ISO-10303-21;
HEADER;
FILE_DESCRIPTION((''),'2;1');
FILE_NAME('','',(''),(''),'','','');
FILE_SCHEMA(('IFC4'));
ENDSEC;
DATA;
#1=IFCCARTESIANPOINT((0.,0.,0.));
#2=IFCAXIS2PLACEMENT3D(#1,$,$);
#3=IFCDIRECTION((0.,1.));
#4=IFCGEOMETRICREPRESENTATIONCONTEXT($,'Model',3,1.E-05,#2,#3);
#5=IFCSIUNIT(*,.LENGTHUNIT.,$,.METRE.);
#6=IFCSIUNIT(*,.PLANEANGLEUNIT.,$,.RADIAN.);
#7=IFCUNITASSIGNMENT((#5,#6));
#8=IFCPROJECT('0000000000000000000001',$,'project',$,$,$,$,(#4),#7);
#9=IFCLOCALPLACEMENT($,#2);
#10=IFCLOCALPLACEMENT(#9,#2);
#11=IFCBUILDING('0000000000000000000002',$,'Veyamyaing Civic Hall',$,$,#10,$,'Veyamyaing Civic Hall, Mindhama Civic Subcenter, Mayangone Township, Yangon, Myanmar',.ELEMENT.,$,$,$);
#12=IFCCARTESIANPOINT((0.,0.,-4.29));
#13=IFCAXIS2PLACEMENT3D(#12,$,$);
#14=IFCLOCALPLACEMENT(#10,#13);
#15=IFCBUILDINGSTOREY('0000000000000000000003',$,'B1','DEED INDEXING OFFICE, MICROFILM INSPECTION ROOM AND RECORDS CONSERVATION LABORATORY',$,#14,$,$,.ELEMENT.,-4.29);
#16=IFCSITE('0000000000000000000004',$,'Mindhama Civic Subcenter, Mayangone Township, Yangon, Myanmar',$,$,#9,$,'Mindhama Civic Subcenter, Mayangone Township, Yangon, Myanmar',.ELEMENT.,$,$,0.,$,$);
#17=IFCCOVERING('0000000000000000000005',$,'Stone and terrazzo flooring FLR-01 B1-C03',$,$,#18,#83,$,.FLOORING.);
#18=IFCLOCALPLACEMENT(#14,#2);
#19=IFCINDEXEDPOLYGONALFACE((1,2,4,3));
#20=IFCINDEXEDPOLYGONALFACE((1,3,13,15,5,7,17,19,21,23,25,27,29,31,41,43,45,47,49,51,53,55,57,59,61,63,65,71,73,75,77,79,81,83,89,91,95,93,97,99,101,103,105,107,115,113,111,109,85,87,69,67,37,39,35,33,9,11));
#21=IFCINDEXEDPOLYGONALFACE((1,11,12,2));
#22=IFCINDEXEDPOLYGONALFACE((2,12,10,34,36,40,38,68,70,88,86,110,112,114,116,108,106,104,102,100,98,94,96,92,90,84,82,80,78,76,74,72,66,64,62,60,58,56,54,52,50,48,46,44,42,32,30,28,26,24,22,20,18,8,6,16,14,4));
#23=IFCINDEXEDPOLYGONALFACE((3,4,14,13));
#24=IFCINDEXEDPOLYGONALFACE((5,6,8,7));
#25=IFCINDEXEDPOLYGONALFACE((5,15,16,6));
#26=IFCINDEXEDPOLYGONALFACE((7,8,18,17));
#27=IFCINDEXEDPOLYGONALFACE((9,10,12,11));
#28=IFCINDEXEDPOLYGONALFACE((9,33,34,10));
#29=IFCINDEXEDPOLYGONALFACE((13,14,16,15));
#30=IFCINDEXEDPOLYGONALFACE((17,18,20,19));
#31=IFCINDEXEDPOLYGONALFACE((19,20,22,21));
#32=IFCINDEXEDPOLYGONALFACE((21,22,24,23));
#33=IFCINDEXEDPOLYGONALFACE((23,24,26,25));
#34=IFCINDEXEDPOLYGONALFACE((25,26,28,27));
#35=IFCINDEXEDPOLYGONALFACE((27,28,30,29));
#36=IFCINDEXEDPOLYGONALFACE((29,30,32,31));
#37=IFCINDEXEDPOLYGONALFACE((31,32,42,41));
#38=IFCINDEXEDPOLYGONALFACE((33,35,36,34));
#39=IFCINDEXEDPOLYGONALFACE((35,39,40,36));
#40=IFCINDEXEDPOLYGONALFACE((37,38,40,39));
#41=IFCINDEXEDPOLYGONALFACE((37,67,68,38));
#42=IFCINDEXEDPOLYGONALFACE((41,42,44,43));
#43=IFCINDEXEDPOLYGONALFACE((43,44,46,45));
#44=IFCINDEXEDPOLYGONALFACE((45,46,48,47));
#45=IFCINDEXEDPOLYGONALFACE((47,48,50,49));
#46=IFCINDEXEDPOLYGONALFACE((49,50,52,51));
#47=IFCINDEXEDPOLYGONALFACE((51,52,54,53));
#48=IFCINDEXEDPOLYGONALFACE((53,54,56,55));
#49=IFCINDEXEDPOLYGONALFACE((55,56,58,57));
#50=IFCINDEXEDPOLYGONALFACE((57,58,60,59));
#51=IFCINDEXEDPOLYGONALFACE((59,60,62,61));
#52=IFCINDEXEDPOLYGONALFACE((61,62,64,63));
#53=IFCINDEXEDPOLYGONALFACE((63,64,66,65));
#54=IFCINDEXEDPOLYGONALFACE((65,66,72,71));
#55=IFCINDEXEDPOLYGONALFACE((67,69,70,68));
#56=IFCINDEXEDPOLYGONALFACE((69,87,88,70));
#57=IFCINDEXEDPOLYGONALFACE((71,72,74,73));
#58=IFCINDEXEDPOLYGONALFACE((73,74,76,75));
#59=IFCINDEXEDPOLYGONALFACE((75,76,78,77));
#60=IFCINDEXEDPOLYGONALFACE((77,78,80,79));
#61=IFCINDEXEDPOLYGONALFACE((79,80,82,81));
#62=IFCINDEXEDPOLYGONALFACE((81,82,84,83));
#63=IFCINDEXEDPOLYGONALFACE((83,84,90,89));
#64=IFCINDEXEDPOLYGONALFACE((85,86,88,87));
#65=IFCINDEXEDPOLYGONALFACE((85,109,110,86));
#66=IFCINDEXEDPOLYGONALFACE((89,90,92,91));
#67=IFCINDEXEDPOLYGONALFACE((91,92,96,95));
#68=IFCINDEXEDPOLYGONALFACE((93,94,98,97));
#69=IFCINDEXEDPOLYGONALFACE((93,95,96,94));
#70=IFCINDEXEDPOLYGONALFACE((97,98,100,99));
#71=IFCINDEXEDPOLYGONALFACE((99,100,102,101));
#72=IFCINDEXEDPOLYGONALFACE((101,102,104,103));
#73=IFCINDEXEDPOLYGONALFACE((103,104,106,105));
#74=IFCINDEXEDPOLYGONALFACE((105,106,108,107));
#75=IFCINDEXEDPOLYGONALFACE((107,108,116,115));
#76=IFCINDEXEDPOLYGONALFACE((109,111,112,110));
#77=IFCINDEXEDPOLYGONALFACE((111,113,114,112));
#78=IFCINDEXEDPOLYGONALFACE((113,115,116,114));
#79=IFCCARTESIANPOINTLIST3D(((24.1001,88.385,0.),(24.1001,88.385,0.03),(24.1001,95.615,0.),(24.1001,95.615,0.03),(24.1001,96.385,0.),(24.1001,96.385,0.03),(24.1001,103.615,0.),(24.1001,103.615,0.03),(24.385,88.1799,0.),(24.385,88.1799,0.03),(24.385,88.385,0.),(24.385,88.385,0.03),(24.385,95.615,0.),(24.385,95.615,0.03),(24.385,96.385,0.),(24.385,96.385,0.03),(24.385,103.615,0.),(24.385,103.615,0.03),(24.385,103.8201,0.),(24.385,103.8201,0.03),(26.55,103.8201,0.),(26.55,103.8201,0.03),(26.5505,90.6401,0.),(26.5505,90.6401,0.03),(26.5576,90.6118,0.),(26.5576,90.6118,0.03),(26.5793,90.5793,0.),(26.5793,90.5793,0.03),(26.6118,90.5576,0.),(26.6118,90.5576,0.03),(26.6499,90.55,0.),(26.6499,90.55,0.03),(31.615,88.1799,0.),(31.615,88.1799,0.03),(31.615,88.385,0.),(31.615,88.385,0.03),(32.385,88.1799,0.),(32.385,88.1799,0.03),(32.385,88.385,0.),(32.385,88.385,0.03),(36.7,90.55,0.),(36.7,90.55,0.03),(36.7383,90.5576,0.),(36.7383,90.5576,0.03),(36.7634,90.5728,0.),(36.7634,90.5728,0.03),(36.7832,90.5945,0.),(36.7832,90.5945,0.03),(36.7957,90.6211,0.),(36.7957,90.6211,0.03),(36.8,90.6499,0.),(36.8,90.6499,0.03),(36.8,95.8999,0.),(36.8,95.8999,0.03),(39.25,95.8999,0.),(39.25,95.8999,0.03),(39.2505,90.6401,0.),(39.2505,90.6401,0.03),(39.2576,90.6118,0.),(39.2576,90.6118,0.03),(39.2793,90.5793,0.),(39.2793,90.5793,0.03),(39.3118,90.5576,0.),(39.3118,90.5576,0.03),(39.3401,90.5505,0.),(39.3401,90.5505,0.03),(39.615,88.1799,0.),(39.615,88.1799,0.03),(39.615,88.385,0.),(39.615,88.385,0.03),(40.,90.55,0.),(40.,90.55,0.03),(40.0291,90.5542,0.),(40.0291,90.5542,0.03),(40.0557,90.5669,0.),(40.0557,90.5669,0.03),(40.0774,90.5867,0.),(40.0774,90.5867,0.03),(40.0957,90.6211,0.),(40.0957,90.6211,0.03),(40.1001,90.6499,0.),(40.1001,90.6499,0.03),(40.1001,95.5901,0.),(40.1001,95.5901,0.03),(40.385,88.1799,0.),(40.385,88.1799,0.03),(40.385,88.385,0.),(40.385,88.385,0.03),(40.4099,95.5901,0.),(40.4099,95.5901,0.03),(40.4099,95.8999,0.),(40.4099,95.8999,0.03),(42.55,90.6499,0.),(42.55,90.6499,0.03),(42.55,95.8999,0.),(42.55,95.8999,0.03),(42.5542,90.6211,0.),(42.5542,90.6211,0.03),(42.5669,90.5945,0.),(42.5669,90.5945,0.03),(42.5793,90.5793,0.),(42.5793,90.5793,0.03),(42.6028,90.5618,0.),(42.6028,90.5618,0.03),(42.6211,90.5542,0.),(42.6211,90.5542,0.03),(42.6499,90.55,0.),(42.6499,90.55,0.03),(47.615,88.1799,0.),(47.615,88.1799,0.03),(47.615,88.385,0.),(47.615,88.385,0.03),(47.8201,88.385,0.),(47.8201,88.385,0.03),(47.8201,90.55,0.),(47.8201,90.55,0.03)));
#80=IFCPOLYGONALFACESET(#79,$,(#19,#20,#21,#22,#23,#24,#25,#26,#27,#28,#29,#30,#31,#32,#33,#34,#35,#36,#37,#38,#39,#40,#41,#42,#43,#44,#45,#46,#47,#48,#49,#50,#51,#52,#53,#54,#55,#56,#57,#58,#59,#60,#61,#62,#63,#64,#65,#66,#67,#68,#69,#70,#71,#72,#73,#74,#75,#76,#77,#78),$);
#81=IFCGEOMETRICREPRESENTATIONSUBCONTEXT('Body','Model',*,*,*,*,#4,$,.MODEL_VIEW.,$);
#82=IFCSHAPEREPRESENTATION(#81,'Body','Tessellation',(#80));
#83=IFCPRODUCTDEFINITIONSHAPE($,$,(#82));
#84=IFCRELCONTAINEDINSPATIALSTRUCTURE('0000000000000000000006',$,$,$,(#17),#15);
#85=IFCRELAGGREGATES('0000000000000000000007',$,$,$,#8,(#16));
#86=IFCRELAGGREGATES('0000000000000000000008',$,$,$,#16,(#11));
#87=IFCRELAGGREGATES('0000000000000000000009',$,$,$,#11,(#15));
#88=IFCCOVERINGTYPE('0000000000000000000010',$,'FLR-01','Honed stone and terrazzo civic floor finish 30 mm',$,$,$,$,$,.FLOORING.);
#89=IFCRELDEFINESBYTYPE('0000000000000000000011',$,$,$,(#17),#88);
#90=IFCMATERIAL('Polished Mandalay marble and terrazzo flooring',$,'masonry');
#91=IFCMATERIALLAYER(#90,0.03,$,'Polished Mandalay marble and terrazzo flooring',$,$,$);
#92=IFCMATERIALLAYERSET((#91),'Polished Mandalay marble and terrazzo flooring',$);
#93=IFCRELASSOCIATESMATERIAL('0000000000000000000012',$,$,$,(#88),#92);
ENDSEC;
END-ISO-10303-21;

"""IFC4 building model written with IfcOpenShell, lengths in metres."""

from ifc_helpers import new_model, si_unit, direction, frame, origin, place, context, subcontext, project, spatial, polyline, outline, extrude, material, layer, layer_set, type_object, element, save


model = new_model("IFC4")

# Units and contexts
model_context = context("Model", 3, precision=1e-05, world=origin(), true_north=direction((0.0, 1.0)))
body_context = subcontext(model_context, "Body", "Model", "MODEL_VIEW")
ifc_project = project(units=[si_unit("LENGTHUNIT", "METRE"), si_unit("PLANEANGLEUNIT", "RADIAN")], contexts=[model_context])

# Site, building, storey
site_placement = place(None, origin())
site = spatial("IfcSite", under=ifc_project, at=site_placement, Name="Mindhama Civic Subcenter, Mayangone Township, Yangon, Myanmar", LongName="Mindhama Civic Subcenter, Mayangone Township, Yangon, Myanmar", CompositionType="ELEMENT", RefElevation=0.0)
building_placement = place(site_placement, origin())
building = spatial("IfcBuilding", under=site, at=building_placement, Name="Veyamyaing Civic Hall", LongName="Veyamyaing Civic Hall, Mindhama Civic Subcenter, Mayangone Township, Yangon, Myanmar", CompositionType="ELEMENT")
storey_placement = place(building_placement, frame((0.0, 0.0, -4.29)))
storey = spatial("IfcBuildingStorey", under=building, at=storey_placement, Name="B1", Description="DEED INDEXING OFFICE, MICROFILM INSPECTION ROOM AND RECORDS CONSERVATION LABORATORY", CompositionType="ELEMENT", Elevation=-4.29)

# Covering
ifc_material_1 = material(Name="Polished Mandalay marble and terrazzo flooring", Category="masonry")
ifc_layer_1 = layer(ifc_material_1, 0.03, Name="Polished Mandalay marble and terrazzo flooring")
ifc_layer_set_1 = layer_set([ifc_layer_1], Name="Polished Mandalay marble and terrazzo flooring")
covering_type_1 = type_object("IfcCoveringType", Name="FLR-01", Description="Honed stone and terrazzo civic floor finish 30 mm", PredefinedType="FLOORING", material=ifc_layer_set_1)
covering_1_placement = place(storey_placement, origin())
element("IfcCovering", 1, at=covering_1_placement, inside=storey, type_object=covering_type_1, Name="Stone and terrazzo flooring FLR-01 B1-C03", PredefinedType="FLOORING", context=body_context, shape_type="SweptSolid", body=[
    extrude(outline(polyline([(26.5505, 90.6401), (26.5576, 90.6118), (26.5793, 90.5793), (26.6118, 90.5576), (26.6499, 90.55), (36.7, 90.55), (36.7383, 90.5576), (36.7634, 90.5728), (36.7832, 90.5945), (36.7957, 90.6211), (36.8, 90.6499), (36.8, 95.8999), (39.25, 95.8999), (39.2505, 90.6401), (39.2576, 90.6118), (39.2793, 90.5793), (39.3118, 90.5576), (39.3401, 90.5505), (40.0, 90.55), (40.0291, 90.5542), (40.0557, 90.5669), (40.0774, 90.5867), (40.0957, 90.6211), (40.1001, 90.6499), (40.1001, 95.5901), (40.4099, 95.5901), (40.4099, 95.8999), (42.55, 95.8999), (42.55, 90.6499), (42.5542, 90.6211), (42.5669, 90.5945), (42.5793, 90.5793), (42.6028, 90.5618), (42.6211, 90.5542), (42.6499, 90.55), (47.8201, 90.55), (47.8201, 88.385), (47.615, 88.385), (47.615, 88.1799), (40.385, 88.1799), (40.385, 88.385), (39.615, 88.385), (39.615, 88.1799), (32.385, 88.1799), (32.385, 88.385), (31.615, 88.385), (31.615, 88.1799), (24.385, 88.1799), (24.385, 88.385), (24.1001, 88.385), (24.1001, 95.615), (24.385, 95.615), (24.385, 96.385), (24.1001, 96.385), (24.1001, 103.615), (24.385, 103.615), (24.385, 103.8201), (26.55, 103.8201), (26.5505, 90.6401)])), origin(), (0.0, 0.0, 1.0), 0.03),
])

save(model, "model.ifc")
